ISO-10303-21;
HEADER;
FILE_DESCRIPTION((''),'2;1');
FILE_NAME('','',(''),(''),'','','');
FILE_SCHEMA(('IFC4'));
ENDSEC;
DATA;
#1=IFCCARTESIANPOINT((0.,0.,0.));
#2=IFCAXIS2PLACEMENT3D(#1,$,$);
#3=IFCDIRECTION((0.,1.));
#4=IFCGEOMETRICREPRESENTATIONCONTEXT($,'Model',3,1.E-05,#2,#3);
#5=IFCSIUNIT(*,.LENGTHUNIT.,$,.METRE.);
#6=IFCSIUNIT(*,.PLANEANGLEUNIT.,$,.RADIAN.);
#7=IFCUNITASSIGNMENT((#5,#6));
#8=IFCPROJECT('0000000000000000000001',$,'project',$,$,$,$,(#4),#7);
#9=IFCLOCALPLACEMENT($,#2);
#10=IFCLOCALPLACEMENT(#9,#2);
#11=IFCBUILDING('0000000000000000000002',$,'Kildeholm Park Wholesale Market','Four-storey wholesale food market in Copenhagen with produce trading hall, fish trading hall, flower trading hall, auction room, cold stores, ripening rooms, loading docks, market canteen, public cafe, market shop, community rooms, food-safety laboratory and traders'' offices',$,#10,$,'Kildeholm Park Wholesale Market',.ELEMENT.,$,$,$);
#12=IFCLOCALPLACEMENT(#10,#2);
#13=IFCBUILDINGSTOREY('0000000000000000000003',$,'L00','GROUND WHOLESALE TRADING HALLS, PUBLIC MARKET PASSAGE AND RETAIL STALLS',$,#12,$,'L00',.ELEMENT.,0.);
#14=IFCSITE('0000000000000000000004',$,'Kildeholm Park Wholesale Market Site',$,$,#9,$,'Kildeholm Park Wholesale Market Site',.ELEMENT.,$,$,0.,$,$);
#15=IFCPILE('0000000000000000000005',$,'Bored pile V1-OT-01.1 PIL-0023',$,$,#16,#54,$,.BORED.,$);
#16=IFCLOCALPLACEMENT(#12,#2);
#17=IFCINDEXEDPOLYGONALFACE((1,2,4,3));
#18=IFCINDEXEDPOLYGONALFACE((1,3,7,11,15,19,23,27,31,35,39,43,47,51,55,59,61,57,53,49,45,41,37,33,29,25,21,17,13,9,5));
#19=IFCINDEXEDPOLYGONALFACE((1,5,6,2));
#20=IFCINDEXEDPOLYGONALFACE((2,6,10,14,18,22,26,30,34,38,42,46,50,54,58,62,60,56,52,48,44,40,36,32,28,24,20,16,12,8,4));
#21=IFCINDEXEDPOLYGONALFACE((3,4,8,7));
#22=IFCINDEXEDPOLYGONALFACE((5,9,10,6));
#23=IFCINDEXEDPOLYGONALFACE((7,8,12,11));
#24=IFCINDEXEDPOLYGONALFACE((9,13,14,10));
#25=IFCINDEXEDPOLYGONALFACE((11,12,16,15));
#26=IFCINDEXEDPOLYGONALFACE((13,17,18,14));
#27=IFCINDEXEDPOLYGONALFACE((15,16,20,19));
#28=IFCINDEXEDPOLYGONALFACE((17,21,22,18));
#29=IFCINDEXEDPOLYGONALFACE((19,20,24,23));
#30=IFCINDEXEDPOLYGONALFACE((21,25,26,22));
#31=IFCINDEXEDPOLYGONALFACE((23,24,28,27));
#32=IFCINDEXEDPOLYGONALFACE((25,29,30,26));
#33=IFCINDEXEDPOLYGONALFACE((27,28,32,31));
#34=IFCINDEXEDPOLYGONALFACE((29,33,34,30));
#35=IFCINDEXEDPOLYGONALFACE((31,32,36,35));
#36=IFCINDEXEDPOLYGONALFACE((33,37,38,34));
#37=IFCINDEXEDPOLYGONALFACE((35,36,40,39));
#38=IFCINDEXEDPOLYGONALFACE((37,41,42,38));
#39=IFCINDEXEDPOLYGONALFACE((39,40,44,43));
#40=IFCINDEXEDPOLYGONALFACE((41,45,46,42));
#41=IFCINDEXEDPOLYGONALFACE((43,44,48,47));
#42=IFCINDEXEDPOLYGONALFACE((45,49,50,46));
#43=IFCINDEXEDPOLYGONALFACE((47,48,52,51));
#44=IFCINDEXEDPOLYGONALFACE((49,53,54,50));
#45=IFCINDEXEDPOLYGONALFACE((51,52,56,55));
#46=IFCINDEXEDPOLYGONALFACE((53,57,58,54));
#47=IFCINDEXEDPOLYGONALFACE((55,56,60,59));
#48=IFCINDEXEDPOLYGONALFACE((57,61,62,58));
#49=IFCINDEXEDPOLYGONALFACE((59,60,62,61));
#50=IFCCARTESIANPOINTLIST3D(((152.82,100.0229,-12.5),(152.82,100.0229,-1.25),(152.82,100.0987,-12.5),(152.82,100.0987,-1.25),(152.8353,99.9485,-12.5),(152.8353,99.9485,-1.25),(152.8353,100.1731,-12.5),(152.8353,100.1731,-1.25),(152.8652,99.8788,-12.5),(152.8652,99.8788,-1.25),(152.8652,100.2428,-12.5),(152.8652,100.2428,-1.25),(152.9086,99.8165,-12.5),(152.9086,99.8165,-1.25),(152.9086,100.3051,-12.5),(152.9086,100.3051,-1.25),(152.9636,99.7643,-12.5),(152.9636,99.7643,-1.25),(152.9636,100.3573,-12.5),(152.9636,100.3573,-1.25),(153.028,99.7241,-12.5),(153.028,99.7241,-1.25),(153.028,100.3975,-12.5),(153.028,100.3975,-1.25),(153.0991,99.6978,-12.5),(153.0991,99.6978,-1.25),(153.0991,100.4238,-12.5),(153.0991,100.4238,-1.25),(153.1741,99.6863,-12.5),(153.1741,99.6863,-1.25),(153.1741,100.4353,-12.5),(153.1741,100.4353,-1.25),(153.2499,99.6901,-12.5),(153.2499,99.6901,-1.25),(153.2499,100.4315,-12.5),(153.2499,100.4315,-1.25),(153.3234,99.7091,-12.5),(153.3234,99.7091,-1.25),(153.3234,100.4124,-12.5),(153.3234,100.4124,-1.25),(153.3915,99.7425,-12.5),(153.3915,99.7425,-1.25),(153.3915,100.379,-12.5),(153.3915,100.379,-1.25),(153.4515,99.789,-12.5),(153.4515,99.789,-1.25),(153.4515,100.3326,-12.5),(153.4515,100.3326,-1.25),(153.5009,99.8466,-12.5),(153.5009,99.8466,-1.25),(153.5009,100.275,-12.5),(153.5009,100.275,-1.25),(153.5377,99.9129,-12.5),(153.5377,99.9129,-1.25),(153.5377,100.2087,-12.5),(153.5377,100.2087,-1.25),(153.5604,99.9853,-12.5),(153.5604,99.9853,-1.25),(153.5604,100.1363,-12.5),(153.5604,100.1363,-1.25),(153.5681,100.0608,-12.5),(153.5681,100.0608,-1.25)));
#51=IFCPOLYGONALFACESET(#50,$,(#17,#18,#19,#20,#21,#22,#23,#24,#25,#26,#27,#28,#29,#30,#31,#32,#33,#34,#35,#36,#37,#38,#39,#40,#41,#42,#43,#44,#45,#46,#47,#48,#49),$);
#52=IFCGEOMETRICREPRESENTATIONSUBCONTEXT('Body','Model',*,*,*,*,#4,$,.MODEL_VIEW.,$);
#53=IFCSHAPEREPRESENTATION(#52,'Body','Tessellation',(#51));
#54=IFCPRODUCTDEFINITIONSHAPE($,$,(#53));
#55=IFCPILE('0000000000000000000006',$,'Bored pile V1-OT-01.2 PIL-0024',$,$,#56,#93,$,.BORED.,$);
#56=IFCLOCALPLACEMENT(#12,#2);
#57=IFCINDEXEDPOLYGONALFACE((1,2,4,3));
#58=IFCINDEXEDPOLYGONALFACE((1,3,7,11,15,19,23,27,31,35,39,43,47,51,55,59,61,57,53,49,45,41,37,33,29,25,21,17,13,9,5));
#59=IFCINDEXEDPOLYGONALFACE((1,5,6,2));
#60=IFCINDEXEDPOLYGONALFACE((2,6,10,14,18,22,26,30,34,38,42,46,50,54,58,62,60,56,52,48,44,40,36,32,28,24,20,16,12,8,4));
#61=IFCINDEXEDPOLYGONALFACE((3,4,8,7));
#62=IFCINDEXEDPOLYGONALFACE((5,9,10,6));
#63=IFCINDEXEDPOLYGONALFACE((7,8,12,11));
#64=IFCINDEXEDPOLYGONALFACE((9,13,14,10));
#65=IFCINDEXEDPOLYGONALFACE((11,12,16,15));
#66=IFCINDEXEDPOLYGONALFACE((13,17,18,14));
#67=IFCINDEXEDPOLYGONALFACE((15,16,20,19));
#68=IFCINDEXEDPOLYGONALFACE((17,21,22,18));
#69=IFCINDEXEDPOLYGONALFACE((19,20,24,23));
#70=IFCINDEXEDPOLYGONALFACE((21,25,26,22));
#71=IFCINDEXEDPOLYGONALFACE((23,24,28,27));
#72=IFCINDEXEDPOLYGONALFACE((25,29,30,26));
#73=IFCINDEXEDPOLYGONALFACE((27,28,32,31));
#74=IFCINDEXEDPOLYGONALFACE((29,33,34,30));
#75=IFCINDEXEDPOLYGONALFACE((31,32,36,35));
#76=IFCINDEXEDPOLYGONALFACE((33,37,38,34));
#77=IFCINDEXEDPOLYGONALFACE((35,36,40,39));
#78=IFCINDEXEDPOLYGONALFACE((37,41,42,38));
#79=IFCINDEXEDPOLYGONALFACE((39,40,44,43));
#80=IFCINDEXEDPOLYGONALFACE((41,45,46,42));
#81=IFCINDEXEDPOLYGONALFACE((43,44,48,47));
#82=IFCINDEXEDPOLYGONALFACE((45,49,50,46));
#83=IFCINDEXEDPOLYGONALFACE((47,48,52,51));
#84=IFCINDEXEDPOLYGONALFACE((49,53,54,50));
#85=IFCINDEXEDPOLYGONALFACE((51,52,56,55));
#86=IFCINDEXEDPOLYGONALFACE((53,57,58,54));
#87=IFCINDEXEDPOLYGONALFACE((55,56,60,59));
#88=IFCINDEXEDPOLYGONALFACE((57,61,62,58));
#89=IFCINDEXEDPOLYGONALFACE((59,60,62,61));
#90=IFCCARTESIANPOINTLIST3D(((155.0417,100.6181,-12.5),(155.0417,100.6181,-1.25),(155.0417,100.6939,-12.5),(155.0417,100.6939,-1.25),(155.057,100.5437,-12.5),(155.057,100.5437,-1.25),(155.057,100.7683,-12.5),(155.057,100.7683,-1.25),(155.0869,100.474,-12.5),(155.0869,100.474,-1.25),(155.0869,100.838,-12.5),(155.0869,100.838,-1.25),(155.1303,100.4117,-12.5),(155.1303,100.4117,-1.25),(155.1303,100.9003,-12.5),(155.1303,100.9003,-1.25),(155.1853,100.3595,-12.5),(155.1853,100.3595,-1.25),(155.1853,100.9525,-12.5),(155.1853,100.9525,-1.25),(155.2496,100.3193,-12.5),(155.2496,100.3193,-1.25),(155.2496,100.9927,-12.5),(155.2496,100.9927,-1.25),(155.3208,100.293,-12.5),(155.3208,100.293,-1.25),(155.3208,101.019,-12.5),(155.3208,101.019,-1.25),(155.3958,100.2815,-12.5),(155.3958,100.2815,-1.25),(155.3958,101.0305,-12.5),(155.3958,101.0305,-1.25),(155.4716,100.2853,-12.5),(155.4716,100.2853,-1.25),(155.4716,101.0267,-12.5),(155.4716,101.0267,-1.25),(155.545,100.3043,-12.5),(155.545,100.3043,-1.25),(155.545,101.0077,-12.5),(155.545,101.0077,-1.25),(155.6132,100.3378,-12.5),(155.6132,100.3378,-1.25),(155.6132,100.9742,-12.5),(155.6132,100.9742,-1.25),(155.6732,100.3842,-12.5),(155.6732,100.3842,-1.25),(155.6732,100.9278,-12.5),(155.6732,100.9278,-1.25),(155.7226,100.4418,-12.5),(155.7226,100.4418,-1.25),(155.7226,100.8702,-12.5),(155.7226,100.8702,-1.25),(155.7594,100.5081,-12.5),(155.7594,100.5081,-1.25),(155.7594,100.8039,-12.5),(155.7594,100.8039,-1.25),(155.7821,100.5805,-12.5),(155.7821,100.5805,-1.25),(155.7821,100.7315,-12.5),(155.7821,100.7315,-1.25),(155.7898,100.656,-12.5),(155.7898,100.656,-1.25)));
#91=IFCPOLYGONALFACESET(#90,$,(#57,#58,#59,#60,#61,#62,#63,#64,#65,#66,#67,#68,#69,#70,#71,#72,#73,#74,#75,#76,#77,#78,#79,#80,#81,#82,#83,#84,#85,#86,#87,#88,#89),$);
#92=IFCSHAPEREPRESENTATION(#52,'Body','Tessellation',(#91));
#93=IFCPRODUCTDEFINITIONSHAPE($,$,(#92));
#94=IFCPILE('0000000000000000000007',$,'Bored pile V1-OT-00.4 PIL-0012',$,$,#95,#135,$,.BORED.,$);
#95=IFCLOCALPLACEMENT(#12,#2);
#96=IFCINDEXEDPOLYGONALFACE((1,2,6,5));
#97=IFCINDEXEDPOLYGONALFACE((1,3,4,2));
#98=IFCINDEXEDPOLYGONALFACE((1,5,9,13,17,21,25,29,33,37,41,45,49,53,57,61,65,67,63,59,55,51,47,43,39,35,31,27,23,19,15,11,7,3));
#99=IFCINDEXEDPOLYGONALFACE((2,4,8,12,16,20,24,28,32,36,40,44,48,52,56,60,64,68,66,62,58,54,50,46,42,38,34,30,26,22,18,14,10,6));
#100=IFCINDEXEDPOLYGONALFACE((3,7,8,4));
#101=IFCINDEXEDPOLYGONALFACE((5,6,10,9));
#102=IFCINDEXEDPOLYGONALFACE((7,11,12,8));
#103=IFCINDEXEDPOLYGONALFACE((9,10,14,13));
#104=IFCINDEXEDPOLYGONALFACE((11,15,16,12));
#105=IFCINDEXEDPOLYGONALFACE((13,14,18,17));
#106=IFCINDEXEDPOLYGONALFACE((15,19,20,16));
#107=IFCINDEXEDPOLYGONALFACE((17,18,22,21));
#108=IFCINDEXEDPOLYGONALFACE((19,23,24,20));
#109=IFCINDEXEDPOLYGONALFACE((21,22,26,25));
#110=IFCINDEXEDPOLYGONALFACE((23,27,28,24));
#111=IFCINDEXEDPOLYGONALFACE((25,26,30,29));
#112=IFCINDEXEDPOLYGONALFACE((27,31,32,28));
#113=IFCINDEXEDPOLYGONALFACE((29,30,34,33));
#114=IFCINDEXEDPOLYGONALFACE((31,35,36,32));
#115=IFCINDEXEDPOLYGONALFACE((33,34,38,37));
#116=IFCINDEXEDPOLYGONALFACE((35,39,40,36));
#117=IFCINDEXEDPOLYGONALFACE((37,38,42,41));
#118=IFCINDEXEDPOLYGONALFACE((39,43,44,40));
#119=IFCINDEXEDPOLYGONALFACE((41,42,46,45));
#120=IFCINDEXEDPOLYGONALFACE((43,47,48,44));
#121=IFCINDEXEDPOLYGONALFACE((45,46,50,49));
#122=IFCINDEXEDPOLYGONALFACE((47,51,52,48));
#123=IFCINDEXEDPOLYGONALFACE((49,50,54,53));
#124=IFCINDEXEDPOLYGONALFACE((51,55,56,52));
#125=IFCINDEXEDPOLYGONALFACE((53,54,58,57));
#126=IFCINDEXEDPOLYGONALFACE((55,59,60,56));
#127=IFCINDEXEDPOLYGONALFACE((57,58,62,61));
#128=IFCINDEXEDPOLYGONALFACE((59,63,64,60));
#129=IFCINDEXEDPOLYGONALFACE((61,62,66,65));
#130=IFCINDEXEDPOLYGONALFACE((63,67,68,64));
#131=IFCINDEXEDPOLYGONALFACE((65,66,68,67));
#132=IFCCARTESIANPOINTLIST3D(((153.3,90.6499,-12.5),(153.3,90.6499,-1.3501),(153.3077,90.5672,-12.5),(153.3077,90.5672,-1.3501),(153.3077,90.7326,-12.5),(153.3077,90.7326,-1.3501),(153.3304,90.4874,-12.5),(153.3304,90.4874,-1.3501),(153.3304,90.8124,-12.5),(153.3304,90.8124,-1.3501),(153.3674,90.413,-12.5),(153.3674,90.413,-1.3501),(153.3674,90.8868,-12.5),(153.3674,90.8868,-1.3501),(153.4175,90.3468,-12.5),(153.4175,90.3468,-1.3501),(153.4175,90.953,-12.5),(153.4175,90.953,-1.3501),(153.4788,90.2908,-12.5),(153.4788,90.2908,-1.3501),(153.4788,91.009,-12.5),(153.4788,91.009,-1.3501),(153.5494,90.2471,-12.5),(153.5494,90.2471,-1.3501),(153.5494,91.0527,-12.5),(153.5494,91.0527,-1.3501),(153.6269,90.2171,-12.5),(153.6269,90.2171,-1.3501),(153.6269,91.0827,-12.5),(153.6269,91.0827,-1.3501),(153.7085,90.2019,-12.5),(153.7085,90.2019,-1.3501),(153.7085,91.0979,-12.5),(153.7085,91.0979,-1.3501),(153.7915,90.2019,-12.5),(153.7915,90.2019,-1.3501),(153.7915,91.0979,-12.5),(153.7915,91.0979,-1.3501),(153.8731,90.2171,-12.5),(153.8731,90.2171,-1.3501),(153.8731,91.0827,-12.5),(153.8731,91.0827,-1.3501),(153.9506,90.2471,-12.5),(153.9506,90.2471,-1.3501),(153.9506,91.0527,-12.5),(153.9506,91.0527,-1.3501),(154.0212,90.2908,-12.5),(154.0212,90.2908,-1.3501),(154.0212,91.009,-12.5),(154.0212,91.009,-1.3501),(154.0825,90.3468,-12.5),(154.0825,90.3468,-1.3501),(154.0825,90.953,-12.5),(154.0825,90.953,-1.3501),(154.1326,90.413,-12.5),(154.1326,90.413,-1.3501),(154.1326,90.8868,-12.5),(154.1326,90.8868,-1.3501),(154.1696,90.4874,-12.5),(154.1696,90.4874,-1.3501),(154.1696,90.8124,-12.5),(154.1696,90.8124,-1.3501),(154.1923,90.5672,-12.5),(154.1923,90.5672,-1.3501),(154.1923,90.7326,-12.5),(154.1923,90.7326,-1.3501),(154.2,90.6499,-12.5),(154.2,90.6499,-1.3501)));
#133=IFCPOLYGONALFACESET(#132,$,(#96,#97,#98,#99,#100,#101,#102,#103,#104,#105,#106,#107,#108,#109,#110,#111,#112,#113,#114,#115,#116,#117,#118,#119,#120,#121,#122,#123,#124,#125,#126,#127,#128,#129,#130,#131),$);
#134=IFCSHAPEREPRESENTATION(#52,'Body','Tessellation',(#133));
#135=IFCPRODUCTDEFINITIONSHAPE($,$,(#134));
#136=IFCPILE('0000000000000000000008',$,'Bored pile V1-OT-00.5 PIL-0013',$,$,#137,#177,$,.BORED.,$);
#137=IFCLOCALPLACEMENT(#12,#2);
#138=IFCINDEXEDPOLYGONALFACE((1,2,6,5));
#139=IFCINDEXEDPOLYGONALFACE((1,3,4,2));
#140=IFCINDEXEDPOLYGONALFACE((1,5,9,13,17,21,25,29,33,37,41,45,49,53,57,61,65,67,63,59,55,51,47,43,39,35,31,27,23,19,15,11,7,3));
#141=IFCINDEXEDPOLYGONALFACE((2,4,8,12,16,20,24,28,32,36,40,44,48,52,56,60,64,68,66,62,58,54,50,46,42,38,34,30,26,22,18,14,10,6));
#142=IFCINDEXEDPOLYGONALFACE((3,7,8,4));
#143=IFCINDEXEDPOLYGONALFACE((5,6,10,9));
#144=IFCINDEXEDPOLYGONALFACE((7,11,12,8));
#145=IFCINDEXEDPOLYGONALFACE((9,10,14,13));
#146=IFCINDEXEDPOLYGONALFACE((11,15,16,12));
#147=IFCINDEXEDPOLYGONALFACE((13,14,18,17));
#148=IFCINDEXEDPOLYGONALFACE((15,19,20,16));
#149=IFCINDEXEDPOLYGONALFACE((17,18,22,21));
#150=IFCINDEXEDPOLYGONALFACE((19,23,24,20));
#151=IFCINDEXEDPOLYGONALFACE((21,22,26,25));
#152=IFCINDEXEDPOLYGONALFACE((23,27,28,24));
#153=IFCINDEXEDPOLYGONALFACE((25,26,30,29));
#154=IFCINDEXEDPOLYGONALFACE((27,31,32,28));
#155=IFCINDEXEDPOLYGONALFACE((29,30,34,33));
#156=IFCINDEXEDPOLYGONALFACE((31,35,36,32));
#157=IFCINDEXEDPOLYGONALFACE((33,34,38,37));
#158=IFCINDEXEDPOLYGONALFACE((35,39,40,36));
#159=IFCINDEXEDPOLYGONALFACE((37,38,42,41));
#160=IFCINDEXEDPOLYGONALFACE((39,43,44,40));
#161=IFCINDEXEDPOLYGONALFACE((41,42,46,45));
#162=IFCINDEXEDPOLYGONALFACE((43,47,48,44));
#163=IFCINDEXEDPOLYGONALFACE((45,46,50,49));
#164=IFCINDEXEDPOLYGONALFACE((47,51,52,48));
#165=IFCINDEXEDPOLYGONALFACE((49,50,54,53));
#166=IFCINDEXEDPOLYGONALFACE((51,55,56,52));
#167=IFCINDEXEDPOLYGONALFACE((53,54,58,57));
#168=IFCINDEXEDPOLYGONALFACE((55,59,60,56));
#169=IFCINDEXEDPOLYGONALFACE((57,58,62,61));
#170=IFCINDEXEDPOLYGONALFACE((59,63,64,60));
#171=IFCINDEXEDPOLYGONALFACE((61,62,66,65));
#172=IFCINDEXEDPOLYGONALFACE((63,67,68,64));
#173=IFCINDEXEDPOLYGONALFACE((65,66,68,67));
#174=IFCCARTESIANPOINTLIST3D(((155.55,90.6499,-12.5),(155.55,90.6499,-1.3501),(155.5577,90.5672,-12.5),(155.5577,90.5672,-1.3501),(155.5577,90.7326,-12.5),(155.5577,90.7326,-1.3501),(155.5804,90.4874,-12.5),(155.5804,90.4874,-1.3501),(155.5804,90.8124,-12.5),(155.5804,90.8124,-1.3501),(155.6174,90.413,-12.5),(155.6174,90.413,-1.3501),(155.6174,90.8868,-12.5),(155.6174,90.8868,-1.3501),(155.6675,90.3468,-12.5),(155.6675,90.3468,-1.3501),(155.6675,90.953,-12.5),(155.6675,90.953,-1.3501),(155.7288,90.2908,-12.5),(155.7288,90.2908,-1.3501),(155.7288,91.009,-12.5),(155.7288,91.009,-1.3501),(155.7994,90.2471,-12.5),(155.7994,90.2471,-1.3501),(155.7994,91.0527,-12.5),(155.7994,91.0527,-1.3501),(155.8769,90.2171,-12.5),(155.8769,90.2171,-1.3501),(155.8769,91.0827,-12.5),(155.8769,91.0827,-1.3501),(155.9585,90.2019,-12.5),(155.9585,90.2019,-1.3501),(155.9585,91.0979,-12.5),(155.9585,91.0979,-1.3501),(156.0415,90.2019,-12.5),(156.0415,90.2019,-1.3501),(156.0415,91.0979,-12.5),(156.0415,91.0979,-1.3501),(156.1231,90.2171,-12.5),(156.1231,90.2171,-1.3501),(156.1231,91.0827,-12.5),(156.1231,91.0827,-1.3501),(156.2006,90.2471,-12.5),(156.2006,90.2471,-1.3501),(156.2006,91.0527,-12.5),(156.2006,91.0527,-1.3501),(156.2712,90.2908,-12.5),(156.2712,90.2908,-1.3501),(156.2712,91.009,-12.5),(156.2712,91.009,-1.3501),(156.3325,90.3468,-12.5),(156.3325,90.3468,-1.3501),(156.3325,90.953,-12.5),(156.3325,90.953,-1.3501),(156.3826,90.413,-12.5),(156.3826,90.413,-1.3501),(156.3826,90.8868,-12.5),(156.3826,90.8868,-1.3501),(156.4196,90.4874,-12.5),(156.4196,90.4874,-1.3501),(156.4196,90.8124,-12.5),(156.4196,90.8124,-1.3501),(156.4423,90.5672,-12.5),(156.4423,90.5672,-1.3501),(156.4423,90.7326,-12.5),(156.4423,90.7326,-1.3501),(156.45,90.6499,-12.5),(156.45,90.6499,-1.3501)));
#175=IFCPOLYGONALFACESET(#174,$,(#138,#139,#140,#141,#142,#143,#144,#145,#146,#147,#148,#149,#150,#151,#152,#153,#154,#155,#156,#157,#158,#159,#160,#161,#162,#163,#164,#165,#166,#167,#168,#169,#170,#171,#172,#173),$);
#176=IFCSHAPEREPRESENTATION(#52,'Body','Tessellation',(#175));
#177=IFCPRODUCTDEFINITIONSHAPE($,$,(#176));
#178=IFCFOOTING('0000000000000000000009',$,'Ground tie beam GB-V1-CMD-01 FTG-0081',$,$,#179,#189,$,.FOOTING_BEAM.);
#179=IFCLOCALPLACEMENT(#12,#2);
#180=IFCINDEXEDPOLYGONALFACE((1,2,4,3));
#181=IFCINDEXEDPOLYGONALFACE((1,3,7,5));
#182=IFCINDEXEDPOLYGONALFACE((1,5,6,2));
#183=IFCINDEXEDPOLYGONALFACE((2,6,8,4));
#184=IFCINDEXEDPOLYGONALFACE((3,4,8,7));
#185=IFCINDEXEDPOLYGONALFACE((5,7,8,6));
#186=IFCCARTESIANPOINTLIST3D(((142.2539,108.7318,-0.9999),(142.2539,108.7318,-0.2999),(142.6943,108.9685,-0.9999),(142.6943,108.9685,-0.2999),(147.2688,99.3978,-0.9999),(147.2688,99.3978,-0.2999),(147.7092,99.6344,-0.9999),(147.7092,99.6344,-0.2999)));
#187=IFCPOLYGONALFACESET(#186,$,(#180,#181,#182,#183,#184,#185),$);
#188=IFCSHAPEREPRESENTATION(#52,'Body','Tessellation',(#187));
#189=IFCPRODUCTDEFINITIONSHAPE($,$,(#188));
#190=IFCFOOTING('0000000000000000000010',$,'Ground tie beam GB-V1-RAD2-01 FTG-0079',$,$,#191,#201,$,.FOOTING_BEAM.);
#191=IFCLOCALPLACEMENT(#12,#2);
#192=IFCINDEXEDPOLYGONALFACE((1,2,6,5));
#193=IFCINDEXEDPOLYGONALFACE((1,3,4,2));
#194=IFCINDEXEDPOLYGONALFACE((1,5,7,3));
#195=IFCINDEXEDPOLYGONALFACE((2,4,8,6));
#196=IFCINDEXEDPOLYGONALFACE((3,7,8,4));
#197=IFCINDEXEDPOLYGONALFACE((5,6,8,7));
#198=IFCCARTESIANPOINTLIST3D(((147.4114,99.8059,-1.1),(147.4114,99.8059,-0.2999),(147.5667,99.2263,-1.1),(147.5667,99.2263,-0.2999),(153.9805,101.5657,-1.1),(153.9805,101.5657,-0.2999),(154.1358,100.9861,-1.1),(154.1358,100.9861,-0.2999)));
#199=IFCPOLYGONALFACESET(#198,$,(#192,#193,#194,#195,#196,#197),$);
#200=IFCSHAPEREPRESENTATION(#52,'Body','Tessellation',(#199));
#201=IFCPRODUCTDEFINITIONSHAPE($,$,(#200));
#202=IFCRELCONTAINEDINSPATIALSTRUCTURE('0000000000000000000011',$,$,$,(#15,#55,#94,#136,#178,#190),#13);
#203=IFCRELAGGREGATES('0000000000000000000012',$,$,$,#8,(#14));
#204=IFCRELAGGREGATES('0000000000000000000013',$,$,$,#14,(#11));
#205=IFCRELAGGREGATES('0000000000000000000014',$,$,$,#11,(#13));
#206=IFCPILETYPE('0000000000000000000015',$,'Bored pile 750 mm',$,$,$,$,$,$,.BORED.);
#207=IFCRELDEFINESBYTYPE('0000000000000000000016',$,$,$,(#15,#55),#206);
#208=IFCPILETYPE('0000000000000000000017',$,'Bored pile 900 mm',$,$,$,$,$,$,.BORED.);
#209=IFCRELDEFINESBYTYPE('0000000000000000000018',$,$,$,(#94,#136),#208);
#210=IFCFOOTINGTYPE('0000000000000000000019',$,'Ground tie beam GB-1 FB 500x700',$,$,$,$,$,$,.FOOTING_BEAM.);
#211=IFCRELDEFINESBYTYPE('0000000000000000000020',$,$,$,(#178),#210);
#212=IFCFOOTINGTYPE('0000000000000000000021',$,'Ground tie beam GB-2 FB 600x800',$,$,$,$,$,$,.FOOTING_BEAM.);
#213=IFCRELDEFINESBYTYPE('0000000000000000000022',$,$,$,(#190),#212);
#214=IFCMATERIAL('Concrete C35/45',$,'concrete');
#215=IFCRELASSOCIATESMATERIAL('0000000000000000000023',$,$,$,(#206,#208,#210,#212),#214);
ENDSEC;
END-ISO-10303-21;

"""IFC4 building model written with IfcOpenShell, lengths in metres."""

from ifc_helpers import new_model, si_unit, direction, frame, origin, origin_2d, place, context, subcontext, project, spatial, rectangle, circle, extrude, material, material_profile, profile_set, type_object, element, save


model = new_model("IFC4")

# Units and contexts
model_context = context("Model", 3, precision=1e-05, world=origin(), true_north=direction((0.0, 1.0)))
body_context = subcontext(model_context, "Body", "Model", "MODEL_VIEW")
ifc_project = project(units=[si_unit("LENGTHUNIT", "METRE"), si_unit("PLANEANGLEUNIT", "RADIAN")], contexts=[model_context])

# Site, building, storey
site_placement = place(None, origin())
site = spatial("IfcSite", under=ifc_project, at=site_placement, Name="Kildeholm Park Wholesale Market Site", LongName="Kildeholm Park Wholesale Market Site", CompositionType="ELEMENT", RefElevation=0.0)
building_placement = place(site_placement, origin())
building = spatial("IfcBuilding", under=site, at=building_placement, Name="Kildeholm Park Wholesale Market", Description="Four-storey wholesale food market in Copenhagen with produce trading hall, fish trading hall, flower trading hall, auction room, cold stores, ripening rooms, loading docks, market canteen, public cafe, market shop, community rooms, food-safety laboratory and traders' offices", LongName="Kildeholm Park Wholesale Market", CompositionType="ELEMENT")
storey_placement = place(building_placement, origin())
storey = spatial("IfcBuildingStorey", under=building, at=storey_placement, Name="L00", Description="GROUND WHOLESALE TRADING HALLS, PUBLIC MARKET PASSAGE AND RETAIL STALLS", LongName="L00", CompositionType="ELEMENT", Elevation=0.0)

# Piles
ifc_material_1 = material(Name="Concrete C35/45", Category="concrete")
ifc_material_profile_1 = material_profile(ifc_material_1, circle(Radius=0.375, at=origin_2d()), Name="PILE D750")
ifc_profile_set_1 = profile_set([ifc_material_profile_1], Name="Concrete C35/45")
pile_type_1 = type_object("IfcPileType", Name="Bored pile 750 mm", PredefinedType="BORED", material=ifc_profile_set_1)
for number, where, z_axis, x_axis, name in (
    (1, (153.1931, 100.0608, -1.25), (0.0, 0.0, -1.0), (1.0, 0.0, 0.0), "Bored pile V1-OT-01.1 PIL-0023"),
    (2, (155.4148, 100.656, -1.25), (0.0, 0.0, -1.0), (1.0, 0.0, 0.0), "Bored pile V1-OT-01.2 PIL-0024"),
):
    element("IfcPile", number, at=place(storey_placement, frame(where, z_axis=z_axis, x_axis=x_axis)), inside=storey, type_object=pile_type_1, Name=name, PredefinedType="BORED", context=body_context, shape_type="SweptSolid", body=[
        extrude(circle(Radius=0.375, at=origin_2d()), origin(), (0.0, 0.0, 1.0), 11.25),
    ])
ifc_material_profile_2 = material_profile(ifc_material_1, circle(Radius=0.45, at=origin_2d()), Name="PILE D900")
ifc_profile_set_2 = profile_set([ifc_material_profile_2], Name="Concrete C35/45")
pile_type_2 = type_object("IfcPileType", Name="Bored pile 900 mm", PredefinedType="BORED", material=ifc_profile_set_2)
for number, where, z_axis, x_axis, name in (
    (3, (153.75, 90.6499, -1.3501), (0.0, 0.0, -1.0), (1.0, 0.0, 0.0), "Bored pile V1-OT-00.4 PIL-0012"),
    (4, (156.0, 90.6499, -1.3501), (0.0, 0.0, -1.0), (1.0, 0.0, 0.0), "Bored pile V1-OT-00.5 PIL-0013"),
):
    element("IfcPile", number, at=place(storey_placement, frame(where, z_axis=z_axis, x_axis=x_axis)), inside=storey, type_object=pile_type_2, Name=name, PredefinedType="BORED", context=body_context, shape_type="SweptSolid", body=[
        extrude(circle(Radius=0.45, at=origin_2d()), origin(), (0.0, 0.0, 1.0), 11.1499),
    ])

# Footings
ifc_material_profile_3 = material_profile(ifc_material_1, rectangle(XDim=0.5, YDim=0.7, at=origin_2d()), Name="FB 500x700")
ifc_profile_set_3 = profile_set([ifc_material_profile_3], Name="Concrete C35/45")
footing_type_1 = type_object("IfcFootingType", Name="Ground tie beam GB-1 FB 500x700", PredefinedType="FOOTING_BEAM", material=ifc_profile_set_3)
footing_1_placement = place(storey_placement, frame((147.489, 99.5161, -0.6499), z_axis=(-0.473288, 0.880908, 0.0), x_axis=(-0.880908, -0.473288, 0.0)))
element("IfcFooting", 5, at=footing_1_placement, inside=storey, type_object=footing_type_1, Name="Ground tie beam GB-V1-CMD-01 FTG-0081", PredefinedType="FOOTING_BEAM", context=body_context, shape_type="SweptSolid", body=[
    extrude(rectangle(XDim=0.5, YDim=0.7, at=origin_2d()), origin(), (0.0, 0.0, 1.0), 10.5959),
])
ifc_material_profile_4 = material_profile(ifc_material_1, rectangle(XDim=0.6001, YDim=0.8, at=origin_2d()), Name="FB 600x800")
ifc_profile_set_4 = profile_set([ifc_material_profile_4], Name="Concrete C35/45")
footing_type_2 = type_object("IfcFootingType", Name="Ground tie beam GB-2 FB 600x800", PredefinedType="FOOTING_BEAM", material=ifc_profile_set_4)
footing_2_placement = place(storey_placement, frame((147.489, 99.5161, -0.7), z_axis=(0.965941, 0.258762, 0.0), x_axis=(-0.258762, 0.965941, 0.0)))
element("IfcFooting", 6, at=footing_2_placement, inside=storey, type_object=footing_type_2, Name="Ground tie beam GB-V1-RAD2-01 FTG-0079", PredefinedType="FOOTING_BEAM", context=body_context, shape_type="SweptSolid", body=[
    extrude(rectangle(XDim=0.6001, YDim=0.8, at=origin_2d()), origin(), (0.0, 0.0, 1.0), 6.8008),
])

save(model, "model.ifc")
